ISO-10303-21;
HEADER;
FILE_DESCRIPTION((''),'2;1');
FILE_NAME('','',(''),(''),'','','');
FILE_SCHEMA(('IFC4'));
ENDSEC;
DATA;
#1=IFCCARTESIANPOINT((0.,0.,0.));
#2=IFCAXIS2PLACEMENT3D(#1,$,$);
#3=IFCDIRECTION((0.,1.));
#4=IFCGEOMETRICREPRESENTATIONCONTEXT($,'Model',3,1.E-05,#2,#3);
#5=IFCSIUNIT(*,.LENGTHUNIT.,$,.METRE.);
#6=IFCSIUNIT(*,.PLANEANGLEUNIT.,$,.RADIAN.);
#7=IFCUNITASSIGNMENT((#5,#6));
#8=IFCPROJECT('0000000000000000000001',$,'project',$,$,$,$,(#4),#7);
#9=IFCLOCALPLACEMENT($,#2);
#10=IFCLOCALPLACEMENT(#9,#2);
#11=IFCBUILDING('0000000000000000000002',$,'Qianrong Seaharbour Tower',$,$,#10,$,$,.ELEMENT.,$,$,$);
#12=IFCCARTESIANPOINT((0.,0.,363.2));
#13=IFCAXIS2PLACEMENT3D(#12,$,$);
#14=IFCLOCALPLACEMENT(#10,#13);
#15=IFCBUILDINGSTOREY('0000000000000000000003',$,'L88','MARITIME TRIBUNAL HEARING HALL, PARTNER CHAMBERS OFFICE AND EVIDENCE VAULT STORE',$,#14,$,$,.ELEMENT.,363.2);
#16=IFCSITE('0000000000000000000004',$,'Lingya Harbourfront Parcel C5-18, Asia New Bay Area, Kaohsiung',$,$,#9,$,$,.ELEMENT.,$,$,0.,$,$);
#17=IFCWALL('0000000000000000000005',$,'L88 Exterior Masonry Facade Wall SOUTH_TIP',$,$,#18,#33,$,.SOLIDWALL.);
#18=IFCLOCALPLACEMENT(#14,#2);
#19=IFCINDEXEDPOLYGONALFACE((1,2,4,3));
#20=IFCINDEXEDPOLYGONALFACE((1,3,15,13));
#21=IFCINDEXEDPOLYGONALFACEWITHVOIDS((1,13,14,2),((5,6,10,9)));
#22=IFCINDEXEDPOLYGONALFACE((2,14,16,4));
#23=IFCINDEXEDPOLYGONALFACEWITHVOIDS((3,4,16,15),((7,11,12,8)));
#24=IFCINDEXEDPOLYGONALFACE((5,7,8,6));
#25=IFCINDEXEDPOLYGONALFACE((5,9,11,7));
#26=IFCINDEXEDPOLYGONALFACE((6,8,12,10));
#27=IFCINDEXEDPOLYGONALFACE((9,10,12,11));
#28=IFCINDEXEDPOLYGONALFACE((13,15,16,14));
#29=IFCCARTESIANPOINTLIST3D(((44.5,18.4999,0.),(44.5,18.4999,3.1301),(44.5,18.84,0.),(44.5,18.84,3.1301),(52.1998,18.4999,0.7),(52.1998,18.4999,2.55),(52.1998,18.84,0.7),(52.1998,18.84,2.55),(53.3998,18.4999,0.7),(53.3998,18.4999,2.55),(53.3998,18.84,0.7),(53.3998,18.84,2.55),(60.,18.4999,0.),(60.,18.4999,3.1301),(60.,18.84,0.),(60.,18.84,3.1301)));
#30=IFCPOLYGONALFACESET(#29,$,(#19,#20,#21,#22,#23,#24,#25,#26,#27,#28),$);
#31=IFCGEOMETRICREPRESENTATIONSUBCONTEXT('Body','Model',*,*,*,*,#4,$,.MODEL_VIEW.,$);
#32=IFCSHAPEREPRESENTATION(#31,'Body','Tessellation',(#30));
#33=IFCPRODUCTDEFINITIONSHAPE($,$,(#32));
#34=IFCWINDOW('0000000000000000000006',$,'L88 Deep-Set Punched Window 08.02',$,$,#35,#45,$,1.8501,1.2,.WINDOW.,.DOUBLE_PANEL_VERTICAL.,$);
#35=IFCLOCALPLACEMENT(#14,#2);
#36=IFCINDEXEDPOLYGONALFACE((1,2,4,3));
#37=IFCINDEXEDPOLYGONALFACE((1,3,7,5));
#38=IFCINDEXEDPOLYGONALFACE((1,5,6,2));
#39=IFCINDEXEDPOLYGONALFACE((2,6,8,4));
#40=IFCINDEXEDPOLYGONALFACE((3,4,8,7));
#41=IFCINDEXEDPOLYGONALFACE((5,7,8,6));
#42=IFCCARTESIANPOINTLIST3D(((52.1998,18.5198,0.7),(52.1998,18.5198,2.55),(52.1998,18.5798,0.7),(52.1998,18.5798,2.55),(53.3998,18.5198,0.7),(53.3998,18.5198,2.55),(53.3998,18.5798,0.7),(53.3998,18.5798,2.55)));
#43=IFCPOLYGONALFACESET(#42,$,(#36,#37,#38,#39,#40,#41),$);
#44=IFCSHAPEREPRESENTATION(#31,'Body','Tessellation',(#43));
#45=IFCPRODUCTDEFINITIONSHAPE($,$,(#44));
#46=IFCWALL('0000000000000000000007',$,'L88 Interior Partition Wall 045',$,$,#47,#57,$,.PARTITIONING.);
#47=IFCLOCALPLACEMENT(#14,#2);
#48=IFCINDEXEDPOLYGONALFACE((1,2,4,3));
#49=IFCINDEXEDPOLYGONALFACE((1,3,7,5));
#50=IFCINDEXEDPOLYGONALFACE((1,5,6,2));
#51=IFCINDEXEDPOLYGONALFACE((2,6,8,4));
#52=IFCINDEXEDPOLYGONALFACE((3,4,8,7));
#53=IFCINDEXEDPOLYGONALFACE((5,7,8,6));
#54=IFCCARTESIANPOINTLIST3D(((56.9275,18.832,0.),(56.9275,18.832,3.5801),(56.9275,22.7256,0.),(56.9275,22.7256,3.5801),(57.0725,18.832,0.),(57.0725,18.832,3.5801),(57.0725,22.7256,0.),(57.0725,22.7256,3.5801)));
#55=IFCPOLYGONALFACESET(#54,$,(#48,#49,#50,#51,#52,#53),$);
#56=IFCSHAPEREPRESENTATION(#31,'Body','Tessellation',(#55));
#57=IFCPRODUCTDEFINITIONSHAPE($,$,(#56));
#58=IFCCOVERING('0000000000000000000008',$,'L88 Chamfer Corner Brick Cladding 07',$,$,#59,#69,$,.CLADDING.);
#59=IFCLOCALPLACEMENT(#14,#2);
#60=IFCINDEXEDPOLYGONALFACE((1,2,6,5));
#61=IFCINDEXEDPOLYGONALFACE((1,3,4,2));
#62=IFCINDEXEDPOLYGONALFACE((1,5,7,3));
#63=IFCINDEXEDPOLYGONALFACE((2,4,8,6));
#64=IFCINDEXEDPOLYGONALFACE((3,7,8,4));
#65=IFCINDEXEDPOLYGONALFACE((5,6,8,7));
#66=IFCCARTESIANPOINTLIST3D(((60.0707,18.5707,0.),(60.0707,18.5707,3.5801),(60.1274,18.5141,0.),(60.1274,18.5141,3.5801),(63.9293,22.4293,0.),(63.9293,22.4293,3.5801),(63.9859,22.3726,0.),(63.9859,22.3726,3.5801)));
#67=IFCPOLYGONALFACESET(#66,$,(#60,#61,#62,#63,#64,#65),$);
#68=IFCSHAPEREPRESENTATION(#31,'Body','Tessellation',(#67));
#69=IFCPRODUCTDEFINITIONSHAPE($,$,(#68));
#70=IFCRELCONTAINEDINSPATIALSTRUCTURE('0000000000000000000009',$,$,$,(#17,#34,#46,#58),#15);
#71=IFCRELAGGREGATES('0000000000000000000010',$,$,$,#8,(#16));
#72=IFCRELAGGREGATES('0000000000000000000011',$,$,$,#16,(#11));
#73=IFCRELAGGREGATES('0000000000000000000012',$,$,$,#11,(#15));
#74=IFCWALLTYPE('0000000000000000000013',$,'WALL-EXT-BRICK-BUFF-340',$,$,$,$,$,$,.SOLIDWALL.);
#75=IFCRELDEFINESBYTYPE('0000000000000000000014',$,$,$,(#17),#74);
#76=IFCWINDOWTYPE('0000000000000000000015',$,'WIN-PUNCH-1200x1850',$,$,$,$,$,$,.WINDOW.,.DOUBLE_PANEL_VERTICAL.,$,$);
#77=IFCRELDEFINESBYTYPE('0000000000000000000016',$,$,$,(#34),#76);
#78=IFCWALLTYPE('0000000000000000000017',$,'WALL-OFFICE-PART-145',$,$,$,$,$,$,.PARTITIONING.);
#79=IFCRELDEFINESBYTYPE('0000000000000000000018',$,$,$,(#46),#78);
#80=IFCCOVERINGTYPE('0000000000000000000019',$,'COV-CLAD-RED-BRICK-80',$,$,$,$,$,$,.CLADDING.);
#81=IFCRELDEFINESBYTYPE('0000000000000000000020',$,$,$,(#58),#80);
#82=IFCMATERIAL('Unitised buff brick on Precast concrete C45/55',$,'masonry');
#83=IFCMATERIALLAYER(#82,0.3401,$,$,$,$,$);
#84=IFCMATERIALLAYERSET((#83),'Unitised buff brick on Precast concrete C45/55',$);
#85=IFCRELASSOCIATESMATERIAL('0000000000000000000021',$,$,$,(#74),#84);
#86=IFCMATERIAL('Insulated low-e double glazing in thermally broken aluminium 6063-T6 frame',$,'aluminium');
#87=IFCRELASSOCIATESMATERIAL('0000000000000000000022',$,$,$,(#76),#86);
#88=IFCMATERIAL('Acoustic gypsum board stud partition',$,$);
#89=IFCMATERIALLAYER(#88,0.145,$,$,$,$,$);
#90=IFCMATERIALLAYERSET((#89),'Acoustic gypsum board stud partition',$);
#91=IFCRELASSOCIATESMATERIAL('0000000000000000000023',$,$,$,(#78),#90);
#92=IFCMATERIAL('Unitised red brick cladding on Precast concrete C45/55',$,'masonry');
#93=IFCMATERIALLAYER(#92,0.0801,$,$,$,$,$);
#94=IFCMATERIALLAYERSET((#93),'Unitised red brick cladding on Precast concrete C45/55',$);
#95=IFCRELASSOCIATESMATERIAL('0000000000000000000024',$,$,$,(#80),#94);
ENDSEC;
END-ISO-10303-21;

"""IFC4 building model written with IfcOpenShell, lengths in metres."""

from ifc_helpers import new_model, si_unit, direction, frame, frame_2d, origin, origin_2d, place, context, subcontext, project, spatial, rectangle, extrude, material, layer, layer_set, type_object, element, fill, save


model = new_model("IFC4")

# Units and contexts
model_context = context("Model", 3, precision=1e-05, world=origin(), true_north=direction((0.0, 1.0)))
body_context = subcontext(model_context, "Body", "Model", "MODEL_VIEW")
ifc_project = project(units=[si_unit("LENGTHUNIT", "METRE"), si_unit("PLANEANGLEUNIT", "RADIAN")], contexts=[model_context])

# Site, building, storey
site_placement = place(None, origin())
site = spatial("IfcSite", under=ifc_project, at=site_placement, Name="Lingya Harbourfront Parcel C5-18, Asia New Bay Area, Kaohsiung", CompositionType="ELEMENT", RefElevation=0.0)
building_placement = place(site_placement, origin())
building = spatial("IfcBuilding", under=site, at=building_placement, Name="Qianrong Seaharbour Tower", CompositionType="ELEMENT")
storey_placement = place(building_placement, frame((0.0, 0.0, 363.2)))
storey = spatial("IfcBuildingStorey", under=building, at=storey_placement, Name="L88", Description="MARITIME TRIBUNAL HEARING HALL, PARTNER CHAMBERS OFFICE AND EVIDENCE VAULT STORE", CompositionType="ELEMENT", Elevation=363.2)

# Shared definitions
ifc_material_1 = material(Name="Unitised buff brick on Precast concrete C45/55", Category="masonry")
ifc_layer_1 = layer(ifc_material_1, 0.3401)
ifc_layer_set_1 = layer_set([ifc_layer_1], Name="Unitised buff brick on Precast concrete C45/55")
wall_type_1 = type_object("IfcWallType", Name="WALL-EXT-BRICK-BUFF-340", PredefinedType="SOLIDWALL", material=ifc_layer_set_1)

# Wall, opening, window
wall_1_placement = place(storey_placement, frame((60.0, 18.6699, 0.0), z_axis=(0.0, 0.0, 1.0), x_axis=(-1.0, 0.0, 0.0)))
wall_1 = element("IfcWall", 1, at=wall_1_placement, inside=storey, type_object=wall_type_1, Name="L88 Exterior Masonry Facade Wall SOUTH_TIP", PredefinedType="SOLIDWALL", context=body_context, shape_type="SweptSolid", body=[
    extrude(rectangle(XDim=15.5, YDim=0.3401, at=frame_2d((7.75, 0.0))), origin(), (0.0, 0.0, 1.0), 3.1301),
])
opening_1_placement = place(wall_1_placement, frame((6.6001, 0.0, 0.7)))
opening_1 = element("IfcOpeningElement", 2, at=opening_1_placement, cuts=wall_1, PredefinedType="OPENING", context=body_context, shape_type="SweptSolid", body=[
    extrude(rectangle(XDim=1.2, YDim=1.8501, at=frame_2d((0.6001, 0.925))), frame((0.0, 0.1802, 0.0), z_axis=(0.0, -1.0, 0.0), x_axis=(1.0, 0.0, 0.0)), (0.0, 0.0, 1.0), 0.3601),
])
ifc_material_2 = material(Name="Insulated low-e double glazing in thermally broken aluminium 6063-T6 frame", Category="aluminium")
window_type = type_object("IfcWindowType", Name="WIN-PUNCH-1200x1850", PartitioningType="DOUBLE_PANEL_VERTICAL", PredefinedType="WINDOW", material=ifc_material_2)
window_placement = place(opening_1_placement, origin())
window = element("IfcWindow", 3, at=window_placement, inside=storey, type_object=window_type, Name="L88 Deep-Set Punched Window 08.02", OverallHeight=1.8501, OverallWidth=1.2, PartitioningType="DOUBLE_PANEL_VERTICAL", PredefinedType="WINDOW", context=body_context, shape_type="SweptSolid", body=[
    extrude(rectangle(XDim=1.2, YDim=1.8501, at=frame_2d((0.6001, 0.925))), frame((0.0, 0.1501, 0.0), z_axis=(0.0, -1.0, 0.0), x_axis=(1.0, 0.0, 0.0)), (0.0, 0.0, 1.0), 0.0601),
])
fill(opening_1, window)

# Wall
ifc_material_3 = material(Name="Acoustic gypsum board stud partition")
ifc_layer_2 = layer(ifc_material_3, 0.145)
ifc_layer_set_2 = layer_set([ifc_layer_2], Name="Acoustic gypsum board stud partition")
wall_type_2 = type_object("IfcWallType", Name="WALL-OFFICE-PART-145", PredefinedType="PARTITIONING", material=ifc_layer_set_2)
wall_2_placement = place(storey_placement, frame((57.0, 22.7256, 0.0), z_axis=(0.0, 0.0, 1.0), x_axis=(0.0, -1.0, 0.0)))
element("IfcWall", 4, at=wall_2_placement, inside=storey, type_object=wall_type_2, Name="L88 Interior Partition Wall 045", PredefinedType="PARTITIONING", context=body_context, shape_type="SweptSolid", body=[
    extrude(rectangle(XDim=3.8936, YDim=0.145, at=frame_2d((1.9468, 0.0))), origin(), (0.0, 0.0, 1.0), 3.5801),
])

# Covering
ifc_material_4 = material(Name="Unitised red brick cladding on Precast concrete C45/55", Category="masonry")
ifc_layer_3 = layer(ifc_material_4, 0.0801)
ifc_layer_set_3 = layer_set([ifc_layer_3], Name="Unitised red brick cladding on Precast concrete C45/55")
covering_type = type_object("IfcCoveringType", Name="COV-CLAD-RED-BRICK-80", PredefinedType="CLADDING", material=ifc_layer_set_3)
covering_placement = place(storey_placement, frame((62.0283, 20.4717, 0.0), z_axis=(0.0, 0.0, 1.0), x_axis=(-0.707107, -0.707107, 0.0)))
element("IfcCovering", 5, at=covering_placement, inside=storey, type_object=covering_type, Name="L88 Chamfer Corner Brick Cladding 07", PredefinedType="CLADDING", context=body_context, shape_type="SweptSolid", body=[
    extrude(rectangle(XDim=5.4568, YDim=0.0801, at=origin_2d()), origin(), (0.0, 0.0, 1.0), 3.5801),
])

save(model, "model.ifc")
